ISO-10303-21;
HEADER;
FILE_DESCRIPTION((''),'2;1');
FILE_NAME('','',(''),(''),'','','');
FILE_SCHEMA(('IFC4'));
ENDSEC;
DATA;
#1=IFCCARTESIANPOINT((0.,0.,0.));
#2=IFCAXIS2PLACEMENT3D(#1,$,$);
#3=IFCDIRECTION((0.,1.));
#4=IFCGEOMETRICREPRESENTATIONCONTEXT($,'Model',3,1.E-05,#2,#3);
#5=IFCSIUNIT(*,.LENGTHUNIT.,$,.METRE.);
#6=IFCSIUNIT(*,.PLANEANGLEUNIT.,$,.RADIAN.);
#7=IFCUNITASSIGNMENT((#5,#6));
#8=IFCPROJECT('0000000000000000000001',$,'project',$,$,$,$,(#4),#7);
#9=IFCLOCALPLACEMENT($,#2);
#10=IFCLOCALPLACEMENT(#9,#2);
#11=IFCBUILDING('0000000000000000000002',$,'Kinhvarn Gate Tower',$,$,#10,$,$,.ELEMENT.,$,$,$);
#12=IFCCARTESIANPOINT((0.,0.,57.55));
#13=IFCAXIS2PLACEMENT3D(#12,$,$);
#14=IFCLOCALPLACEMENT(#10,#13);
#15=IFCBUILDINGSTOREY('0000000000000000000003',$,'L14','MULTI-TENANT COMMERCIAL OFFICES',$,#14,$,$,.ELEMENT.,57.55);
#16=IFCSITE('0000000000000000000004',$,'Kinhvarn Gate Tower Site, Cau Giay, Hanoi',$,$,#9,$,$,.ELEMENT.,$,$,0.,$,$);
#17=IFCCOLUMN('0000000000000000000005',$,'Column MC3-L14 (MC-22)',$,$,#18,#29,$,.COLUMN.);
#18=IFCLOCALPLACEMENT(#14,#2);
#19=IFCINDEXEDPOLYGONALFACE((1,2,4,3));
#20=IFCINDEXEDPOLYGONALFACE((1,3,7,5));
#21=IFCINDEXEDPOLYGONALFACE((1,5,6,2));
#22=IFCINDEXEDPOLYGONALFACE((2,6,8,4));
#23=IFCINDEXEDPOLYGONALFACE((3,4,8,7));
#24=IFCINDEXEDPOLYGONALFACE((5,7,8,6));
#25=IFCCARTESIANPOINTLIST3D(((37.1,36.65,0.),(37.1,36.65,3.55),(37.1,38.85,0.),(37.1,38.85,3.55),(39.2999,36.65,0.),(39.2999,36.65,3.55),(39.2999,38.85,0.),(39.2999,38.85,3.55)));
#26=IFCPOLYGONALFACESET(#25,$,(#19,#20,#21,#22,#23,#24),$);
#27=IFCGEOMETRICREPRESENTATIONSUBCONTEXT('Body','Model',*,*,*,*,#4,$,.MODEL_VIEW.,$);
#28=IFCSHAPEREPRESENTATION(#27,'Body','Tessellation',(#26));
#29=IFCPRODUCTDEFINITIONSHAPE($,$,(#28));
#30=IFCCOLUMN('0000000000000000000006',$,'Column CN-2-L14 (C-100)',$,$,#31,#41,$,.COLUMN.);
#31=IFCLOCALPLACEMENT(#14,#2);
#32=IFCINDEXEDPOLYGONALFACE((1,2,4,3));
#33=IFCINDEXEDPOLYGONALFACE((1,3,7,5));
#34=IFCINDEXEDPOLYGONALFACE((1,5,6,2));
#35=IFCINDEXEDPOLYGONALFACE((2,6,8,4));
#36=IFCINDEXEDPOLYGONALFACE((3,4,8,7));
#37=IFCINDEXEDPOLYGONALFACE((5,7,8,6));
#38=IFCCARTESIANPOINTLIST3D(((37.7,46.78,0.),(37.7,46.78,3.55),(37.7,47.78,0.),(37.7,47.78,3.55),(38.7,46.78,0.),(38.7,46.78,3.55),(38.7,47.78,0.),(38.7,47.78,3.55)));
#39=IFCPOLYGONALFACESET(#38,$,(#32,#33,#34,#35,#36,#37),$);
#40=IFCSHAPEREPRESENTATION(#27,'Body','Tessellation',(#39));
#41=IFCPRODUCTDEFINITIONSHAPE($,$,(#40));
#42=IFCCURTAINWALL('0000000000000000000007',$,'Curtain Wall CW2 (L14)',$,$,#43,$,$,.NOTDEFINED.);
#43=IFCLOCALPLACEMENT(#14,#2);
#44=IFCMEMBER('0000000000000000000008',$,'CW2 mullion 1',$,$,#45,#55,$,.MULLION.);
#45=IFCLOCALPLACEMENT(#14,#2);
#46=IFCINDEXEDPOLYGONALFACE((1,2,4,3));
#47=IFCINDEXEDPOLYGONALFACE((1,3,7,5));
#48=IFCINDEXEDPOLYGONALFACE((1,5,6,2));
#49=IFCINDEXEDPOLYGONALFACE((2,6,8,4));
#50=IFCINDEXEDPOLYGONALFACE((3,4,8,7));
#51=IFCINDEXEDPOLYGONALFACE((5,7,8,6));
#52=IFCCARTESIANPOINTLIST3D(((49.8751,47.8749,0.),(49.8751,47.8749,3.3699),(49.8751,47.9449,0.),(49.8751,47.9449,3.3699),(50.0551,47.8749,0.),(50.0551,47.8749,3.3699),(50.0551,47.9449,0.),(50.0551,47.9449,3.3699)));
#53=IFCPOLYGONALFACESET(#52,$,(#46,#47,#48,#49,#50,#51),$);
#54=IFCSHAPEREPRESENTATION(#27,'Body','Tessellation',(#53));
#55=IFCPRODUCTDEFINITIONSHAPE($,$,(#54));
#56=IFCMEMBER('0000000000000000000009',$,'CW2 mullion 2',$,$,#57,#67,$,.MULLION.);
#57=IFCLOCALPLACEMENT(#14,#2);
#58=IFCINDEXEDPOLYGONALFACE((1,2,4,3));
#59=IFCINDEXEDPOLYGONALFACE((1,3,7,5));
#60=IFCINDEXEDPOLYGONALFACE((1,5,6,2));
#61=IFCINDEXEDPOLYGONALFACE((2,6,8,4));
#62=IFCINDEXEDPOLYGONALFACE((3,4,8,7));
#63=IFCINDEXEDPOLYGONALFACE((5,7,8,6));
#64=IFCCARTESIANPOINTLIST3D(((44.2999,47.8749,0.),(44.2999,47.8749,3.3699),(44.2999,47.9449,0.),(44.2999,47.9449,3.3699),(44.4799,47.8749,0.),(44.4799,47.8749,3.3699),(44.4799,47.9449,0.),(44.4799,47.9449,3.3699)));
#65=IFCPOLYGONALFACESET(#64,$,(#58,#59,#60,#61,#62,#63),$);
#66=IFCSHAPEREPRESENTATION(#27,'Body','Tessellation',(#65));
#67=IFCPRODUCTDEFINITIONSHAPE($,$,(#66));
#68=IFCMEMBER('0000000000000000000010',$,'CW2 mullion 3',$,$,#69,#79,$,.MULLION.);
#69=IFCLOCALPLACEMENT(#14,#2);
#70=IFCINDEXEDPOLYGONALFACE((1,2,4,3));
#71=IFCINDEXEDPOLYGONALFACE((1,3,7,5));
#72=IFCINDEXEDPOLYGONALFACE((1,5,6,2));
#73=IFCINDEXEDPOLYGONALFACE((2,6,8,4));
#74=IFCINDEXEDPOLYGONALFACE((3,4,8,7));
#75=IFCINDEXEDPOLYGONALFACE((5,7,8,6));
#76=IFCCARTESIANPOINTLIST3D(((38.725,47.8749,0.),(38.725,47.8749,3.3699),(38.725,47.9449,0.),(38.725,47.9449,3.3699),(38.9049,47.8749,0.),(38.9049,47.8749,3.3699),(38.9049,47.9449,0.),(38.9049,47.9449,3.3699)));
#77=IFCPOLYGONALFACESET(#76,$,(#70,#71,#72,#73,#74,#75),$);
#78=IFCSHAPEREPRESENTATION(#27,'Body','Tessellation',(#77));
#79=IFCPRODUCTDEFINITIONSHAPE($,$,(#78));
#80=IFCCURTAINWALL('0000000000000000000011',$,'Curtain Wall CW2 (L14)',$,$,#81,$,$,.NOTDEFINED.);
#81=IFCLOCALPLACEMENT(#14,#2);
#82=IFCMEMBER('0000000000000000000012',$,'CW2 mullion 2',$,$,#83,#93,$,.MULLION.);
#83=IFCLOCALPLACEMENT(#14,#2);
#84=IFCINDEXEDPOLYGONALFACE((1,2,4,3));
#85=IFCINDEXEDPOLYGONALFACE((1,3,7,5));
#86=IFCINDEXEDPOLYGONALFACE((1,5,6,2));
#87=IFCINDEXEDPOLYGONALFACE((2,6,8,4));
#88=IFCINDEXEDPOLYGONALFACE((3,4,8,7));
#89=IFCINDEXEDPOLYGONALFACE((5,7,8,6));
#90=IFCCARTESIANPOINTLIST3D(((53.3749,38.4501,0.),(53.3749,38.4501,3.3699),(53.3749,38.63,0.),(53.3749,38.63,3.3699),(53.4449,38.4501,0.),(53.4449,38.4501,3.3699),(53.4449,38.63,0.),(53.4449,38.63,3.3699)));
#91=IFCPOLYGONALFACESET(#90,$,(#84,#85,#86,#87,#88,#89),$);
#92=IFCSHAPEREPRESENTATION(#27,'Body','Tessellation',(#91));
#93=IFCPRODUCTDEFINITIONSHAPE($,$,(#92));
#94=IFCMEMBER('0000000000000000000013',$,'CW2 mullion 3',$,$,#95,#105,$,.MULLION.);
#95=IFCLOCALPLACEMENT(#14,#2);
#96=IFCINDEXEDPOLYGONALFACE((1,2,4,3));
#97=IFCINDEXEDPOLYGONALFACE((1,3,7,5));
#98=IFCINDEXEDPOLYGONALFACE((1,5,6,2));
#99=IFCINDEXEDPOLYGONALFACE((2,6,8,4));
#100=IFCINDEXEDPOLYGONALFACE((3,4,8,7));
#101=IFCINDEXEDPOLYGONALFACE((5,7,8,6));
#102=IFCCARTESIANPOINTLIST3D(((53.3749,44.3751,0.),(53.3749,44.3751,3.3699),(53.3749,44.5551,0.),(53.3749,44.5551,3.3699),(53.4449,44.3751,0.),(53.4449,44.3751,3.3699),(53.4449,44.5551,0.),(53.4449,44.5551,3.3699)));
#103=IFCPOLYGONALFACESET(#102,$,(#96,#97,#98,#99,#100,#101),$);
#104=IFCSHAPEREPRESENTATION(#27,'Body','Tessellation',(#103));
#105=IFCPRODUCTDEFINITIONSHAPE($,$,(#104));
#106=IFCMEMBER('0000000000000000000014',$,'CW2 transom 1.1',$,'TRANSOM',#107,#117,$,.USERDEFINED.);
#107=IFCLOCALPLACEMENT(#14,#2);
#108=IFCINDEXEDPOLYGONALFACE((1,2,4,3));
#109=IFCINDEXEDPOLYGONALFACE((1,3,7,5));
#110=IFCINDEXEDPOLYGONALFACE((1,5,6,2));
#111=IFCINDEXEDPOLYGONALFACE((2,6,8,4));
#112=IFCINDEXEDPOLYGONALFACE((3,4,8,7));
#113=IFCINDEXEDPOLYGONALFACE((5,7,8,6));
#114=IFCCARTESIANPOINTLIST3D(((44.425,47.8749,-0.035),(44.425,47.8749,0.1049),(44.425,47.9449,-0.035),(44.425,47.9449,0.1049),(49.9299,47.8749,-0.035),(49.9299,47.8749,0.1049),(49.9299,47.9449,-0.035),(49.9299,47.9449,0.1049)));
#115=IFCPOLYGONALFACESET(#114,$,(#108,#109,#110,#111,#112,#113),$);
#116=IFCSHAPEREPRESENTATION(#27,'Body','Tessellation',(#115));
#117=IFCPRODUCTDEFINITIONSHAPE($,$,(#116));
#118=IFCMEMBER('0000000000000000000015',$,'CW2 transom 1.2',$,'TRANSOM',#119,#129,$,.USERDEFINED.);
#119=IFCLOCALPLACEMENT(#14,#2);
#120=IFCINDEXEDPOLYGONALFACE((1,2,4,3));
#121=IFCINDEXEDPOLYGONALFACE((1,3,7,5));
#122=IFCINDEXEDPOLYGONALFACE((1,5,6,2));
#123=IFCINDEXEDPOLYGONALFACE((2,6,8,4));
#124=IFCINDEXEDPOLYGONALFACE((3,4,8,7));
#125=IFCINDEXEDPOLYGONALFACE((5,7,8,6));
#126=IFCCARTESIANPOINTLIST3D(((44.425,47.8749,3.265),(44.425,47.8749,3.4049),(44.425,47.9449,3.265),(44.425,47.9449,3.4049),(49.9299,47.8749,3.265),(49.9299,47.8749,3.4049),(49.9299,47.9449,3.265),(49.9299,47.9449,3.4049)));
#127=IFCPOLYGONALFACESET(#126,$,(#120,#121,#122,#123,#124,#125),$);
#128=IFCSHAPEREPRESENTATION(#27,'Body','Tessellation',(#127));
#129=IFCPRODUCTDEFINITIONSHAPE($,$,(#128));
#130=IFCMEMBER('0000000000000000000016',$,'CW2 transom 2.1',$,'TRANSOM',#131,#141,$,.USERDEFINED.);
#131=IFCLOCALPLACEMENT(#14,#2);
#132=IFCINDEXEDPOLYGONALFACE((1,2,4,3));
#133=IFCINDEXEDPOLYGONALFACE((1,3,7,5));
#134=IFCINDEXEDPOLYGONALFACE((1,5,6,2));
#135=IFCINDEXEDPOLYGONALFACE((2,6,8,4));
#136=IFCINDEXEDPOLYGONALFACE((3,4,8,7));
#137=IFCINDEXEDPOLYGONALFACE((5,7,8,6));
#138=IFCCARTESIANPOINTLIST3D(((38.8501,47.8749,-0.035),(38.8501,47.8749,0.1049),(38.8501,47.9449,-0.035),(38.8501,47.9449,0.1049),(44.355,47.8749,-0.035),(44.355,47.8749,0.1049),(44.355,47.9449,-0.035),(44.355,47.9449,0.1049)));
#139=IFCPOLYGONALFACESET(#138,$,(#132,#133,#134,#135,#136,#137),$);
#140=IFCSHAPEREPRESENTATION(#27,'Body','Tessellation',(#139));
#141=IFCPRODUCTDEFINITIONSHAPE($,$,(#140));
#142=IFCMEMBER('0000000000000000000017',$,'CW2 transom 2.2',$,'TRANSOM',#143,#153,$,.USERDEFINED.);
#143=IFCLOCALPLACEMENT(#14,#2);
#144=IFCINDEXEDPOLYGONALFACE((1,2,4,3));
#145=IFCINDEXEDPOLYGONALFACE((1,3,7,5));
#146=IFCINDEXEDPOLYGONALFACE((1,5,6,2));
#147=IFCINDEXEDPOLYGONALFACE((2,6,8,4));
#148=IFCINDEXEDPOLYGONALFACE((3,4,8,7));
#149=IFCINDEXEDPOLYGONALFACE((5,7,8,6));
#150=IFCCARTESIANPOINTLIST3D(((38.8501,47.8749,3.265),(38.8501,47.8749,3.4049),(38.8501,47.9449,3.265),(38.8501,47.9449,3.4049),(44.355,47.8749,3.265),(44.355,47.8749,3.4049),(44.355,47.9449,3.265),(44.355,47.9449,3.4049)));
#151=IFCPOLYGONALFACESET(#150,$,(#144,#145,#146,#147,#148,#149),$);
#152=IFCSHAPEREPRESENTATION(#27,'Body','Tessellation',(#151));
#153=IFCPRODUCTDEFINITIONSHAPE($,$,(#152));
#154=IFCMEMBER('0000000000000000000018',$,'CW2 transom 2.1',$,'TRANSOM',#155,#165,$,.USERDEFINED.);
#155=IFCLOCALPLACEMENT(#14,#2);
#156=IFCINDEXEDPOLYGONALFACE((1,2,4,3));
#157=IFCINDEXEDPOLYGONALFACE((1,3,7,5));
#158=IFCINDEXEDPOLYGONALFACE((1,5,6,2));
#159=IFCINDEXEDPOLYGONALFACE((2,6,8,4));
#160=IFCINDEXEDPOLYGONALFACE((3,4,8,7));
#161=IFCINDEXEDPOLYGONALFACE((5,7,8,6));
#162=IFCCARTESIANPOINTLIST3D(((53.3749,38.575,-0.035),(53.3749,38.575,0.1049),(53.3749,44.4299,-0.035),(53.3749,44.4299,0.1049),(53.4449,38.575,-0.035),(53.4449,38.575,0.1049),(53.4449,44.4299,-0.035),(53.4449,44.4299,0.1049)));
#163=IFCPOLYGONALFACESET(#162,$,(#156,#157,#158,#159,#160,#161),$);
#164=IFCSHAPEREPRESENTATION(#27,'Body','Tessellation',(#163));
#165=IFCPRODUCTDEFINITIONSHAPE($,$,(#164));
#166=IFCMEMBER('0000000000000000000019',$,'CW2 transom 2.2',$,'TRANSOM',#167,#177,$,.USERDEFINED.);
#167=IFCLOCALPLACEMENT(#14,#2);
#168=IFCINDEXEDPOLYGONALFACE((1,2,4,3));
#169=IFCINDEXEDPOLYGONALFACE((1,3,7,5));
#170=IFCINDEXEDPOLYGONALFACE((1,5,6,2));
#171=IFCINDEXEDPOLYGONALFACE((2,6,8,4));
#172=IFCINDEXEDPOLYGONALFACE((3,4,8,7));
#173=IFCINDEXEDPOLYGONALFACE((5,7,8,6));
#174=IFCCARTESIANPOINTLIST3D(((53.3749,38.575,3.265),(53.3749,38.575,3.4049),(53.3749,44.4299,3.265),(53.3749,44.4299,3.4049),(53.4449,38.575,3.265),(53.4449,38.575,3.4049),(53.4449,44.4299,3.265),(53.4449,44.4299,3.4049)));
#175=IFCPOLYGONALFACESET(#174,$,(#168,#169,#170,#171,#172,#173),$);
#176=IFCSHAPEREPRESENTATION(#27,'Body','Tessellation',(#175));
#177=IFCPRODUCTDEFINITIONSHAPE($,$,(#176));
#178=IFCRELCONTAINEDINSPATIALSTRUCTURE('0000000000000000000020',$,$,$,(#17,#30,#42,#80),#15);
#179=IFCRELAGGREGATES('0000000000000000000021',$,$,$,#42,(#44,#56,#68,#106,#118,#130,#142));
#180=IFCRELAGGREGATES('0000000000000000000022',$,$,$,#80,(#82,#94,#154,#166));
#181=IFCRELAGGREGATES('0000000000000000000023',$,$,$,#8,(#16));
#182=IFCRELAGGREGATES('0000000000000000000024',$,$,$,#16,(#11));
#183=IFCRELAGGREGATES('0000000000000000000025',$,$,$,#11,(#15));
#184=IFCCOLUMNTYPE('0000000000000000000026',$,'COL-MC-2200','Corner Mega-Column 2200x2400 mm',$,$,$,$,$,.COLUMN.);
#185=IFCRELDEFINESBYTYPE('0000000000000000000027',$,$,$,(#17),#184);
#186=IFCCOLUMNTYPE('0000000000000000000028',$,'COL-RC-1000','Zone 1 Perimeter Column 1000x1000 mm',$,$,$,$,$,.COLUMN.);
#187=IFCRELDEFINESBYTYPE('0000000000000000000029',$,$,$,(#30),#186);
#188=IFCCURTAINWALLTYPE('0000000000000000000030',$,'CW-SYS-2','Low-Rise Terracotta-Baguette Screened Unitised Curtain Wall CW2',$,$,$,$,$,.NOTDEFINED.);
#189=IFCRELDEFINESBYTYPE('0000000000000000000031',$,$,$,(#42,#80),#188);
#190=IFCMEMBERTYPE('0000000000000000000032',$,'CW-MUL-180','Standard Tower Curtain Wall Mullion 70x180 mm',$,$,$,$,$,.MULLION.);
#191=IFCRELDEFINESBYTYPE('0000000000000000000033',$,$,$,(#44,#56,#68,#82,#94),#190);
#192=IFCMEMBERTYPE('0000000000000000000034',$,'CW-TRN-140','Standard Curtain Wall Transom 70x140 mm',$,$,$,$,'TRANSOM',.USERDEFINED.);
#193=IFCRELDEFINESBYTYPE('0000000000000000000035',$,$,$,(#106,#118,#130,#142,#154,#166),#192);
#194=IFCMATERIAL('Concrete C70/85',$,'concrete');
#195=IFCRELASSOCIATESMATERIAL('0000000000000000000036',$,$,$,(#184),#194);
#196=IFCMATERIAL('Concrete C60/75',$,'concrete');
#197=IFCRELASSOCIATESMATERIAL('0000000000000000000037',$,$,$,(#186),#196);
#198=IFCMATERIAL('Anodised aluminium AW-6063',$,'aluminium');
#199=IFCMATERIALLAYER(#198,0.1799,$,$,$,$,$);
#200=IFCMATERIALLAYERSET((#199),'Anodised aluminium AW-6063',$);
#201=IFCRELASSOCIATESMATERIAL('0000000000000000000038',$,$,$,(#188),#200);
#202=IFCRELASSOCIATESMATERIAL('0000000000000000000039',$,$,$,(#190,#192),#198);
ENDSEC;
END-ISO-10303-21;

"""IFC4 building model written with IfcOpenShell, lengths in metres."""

from ifc_helpers import new_model, si_unit, direction, frame, origin, origin_2d, place, context, subcontext, project, spatial, rectangle, extrude, material, layer, layer_set, material_profile, profile_set, type_object, element, aggregate, save


model = new_model("IFC4")

# Units and contexts
model_context = context("Model", 3, precision=1e-05, world=origin(), true_north=direction((0.0, 1.0)))
body_context = subcontext(model_context, "Body", "Model", "MODEL_VIEW")
ifc_project = project(units=[si_unit("LENGTHUNIT", "METRE"), si_unit("PLANEANGLEUNIT", "RADIAN")], contexts=[model_context])

# Site, building, storey
site_placement = place(None, origin())
site = spatial("IfcSite", under=ifc_project, at=site_placement, Name="Kinhvarn Gate Tower Site, Cau Giay, Hanoi", CompositionType="ELEMENT", RefElevation=0.0)
building_placement = place(site_placement, origin())
building = spatial("IfcBuilding", under=site, at=building_placement, Name="Kinhvarn Gate Tower", CompositionType="ELEMENT")
storey_placement = place(building_placement, frame((0.0, 0.0, 57.55)))
storey = spatial("IfcBuildingStorey", under=building, at=storey_placement, Name="L14", Description="MULTI-TENANT COMMERCIAL OFFICES", CompositionType="ELEMENT", Elevation=57.55)

# Columns
ifc_material_1 = material(Name="Concrete C70/85", Category="concrete")
ifc_material_profile_1 = material_profile(ifc_material_1, rectangle(XDim=2.2, YDim=2.2, at=origin_2d()), Name="RC 2200x2200")
ifc_profile_set_1 = profile_set([ifc_material_profile_1], Name="Concrete C70/85")
column_type_1 = type_object("IfcColumnType", Name="COL-MC-2200", Description="Corner Mega-Column 2200x2400 mm", PredefinedType="COLUMN", material=ifc_profile_set_1)
column_1_placement = place(storey_placement, frame((38.2, 37.75, 0.0), z_axis=(0.0, 0.0, 1.0), x_axis=(1.0, 0.0, 0.0)))
element("IfcColumn", 1, at=column_1_placement, inside=storey, type_object=column_type_1, Name="Column MC3-L14 (MC-22)", PredefinedType="COLUMN", context=body_context, shape_type="SweptSolid", body=[
    extrude(rectangle(XDim=2.2, YDim=2.2, at=origin_2d()), origin(), (0.0, 0.0, 1.0), 3.55),
])
ifc_material_2 = material(Name="Concrete C60/75", Category="concrete")
ifc_material_profile_2 = material_profile(ifc_material_2, rectangle(XDim=1.0, YDim=1.0, at=origin_2d()), Name="RC 1000x1000")
ifc_profile_set_2 = profile_set([ifc_material_profile_2], Name="Concrete C60/75")
column_type_2 = type_object("IfcColumnType", Name="COL-RC-1000", Description="Zone 1 Perimeter Column 1000x1000 mm", PredefinedType="COLUMN", material=ifc_profile_set_2)
column_2_placement = place(storey_placement, frame((38.2, 47.28, 0.0), z_axis=(0.0, 0.0, 1.0), x_axis=(1.0, 0.0, 0.0)))
element("IfcColumn", 2, at=column_2_placement, inside=storey, type_object=column_type_2, Name="Column CN-2-L14 (C-100)", PredefinedType="COLUMN", context=body_context, shape_type="SweptSolid", body=[
    extrude(rectangle(XDim=1.0, YDim=1.0, at=origin_2d()), origin(), (0.0, 0.0, 1.0), 3.55),
])

# Curtain walls, members
ifc_material_3 = material(Name="Anodised aluminium AW-6063", Category="aluminium")
ifc_layer_1 = layer(ifc_material_3, 0.1799)
ifc_layer_set_1 = layer_set([ifc_layer_1], Name="Anodised aluminium AW-6063")
curtain_wall_type = type_object("IfcCurtainWallType", Name="CW-SYS-2", Description="Low-Rise Terracotta-Baguette Screened Unitised Curtain Wall CW2", PredefinedType="NOTDEFINED", material=ifc_layer_set_1)
curtain_wall_1_placement = place(storey_placement, origin())
curtain_wall_1 = element("IfcCurtainWall", 3, at=curtain_wall_1_placement, inside=storey, type_object=curtain_wall_type, Name="Curtain Wall CW2 (L14)", PredefinedType="NOTDEFINED")
ifc_material_profile_3 = material_profile(ifc_material_3, rectangle(XDim=0.0701, YDim=0.1799, at=origin_2d()), Name="ALU 70x180")
ifc_profile_set_3 = profile_set([ifc_material_profile_3], Name="Anodised aluminium AW-6063")
member_type_1 = type_object("IfcMemberType", Name="CW-MUL-180", Description="Standard Tower Curtain Wall Mullion 70x180 mm", PredefinedType="MULLION", material=ifc_profile_set_3)
member_1_placement = place(storey_placement, frame((49.9651, 47.9099, 0.0), z_axis=(0.0, 0.0, 1.0), x_axis=(0.0, -1.0, 0.0)))
member_1 = element("IfcMember", 4, at=member_1_placement, type_object=member_type_1, Name="CW2 mullion 1", PredefinedType="MULLION", context=body_context, shape_type="SweptSolid", body=[
    extrude(rectangle(XDim=0.0701, YDim=0.1799, at=origin_2d()), origin(), (0.0, 0.0, 1.0), 3.3699),
])
member_2_placement = place(storey_placement, frame((44.3899, 47.9099, 0.0), z_axis=(0.0, 0.0, 1.0), x_axis=(0.0, -1.0, 0.0)))
member_2 = element("IfcMember", 5, at=member_2_placement, type_object=member_type_1, Name="CW2 mullion 2", PredefinedType="MULLION", context=body_context, shape_type="SweptSolid", body=[
    extrude(rectangle(XDim=0.0701, YDim=0.1799, at=origin_2d()), origin(), (0.0, 0.0, 1.0), 3.3699),
])
member_3_placement = place(storey_placement, frame((38.8149, 47.9099, 0.0), z_axis=(0.0, 0.0, 1.0), x_axis=(0.0, -1.0, 0.0)))
member_3 = element("IfcMember", 6, at=member_3_placement, type_object=member_type_1, Name="CW2 mullion 3", PredefinedType="MULLION", context=body_context, shape_type="SweptSolid", body=[
    extrude(rectangle(XDim=0.0701, YDim=0.1799, at=origin_2d()), origin(), (0.0, 0.0, 1.0), 3.3699),
])
curtain_wall_2_placement = place(storey_placement, origin())
curtain_wall_2 = element("IfcCurtainWall", 7, at=curtain_wall_2_placement, inside=storey, type_object=curtain_wall_type, Name="Curtain Wall CW2 (L14)", PredefinedType="NOTDEFINED")
member_4_placement = place(storey_placement, frame((53.4099, 38.54, 0.0), z_axis=(0.0, 0.0, 1.0), x_axis=(-1.0, 0.0, 0.0)))
member_4 = element("IfcMember", 8, at=member_4_placement, type_object=member_type_1, Name="CW2 mullion 2", PredefinedType="MULLION", context=body_context, shape_type="SweptSolid", body=[
    extrude(rectangle(XDim=0.0701, YDim=0.1799, at=origin_2d()), origin(), (0.0, 0.0, 1.0), 3.3699),
])
member_5_placement = place(storey_placement, frame((53.4099, 44.4651, 0.0), z_axis=(0.0, 0.0, 1.0), x_axis=(-1.0, 0.0, 0.0)))
member_5 = element("IfcMember", 9, at=member_5_placement, type_object=member_type_1, Name="CW2 mullion 3", PredefinedType="MULLION", context=body_context, shape_type="SweptSolid", body=[
    extrude(rectangle(XDim=0.0701, YDim=0.1799, at=origin_2d()), origin(), (0.0, 0.0, 1.0), 3.3699),
])

# Members
ifc_material_profile_4 = material_profile(ifc_material_3, rectangle(XDim=0.0701, YDim=0.1399, at=origin_2d()), Name="ALU 70x140")
ifc_profile_set_4 = profile_set([ifc_material_profile_4], Name="Anodised aluminium AW-6063")
member_type_2 = type_object("IfcMemberType", Name="CW-TRN-140", Description="Standard Curtain Wall Transom 70x140 mm", ElementType="TRANSOM", PredefinedType="USERDEFINED", material=ifc_profile_set_4)
member_6_placement = place(storey_placement, frame((49.9299, 47.9099, 0.0349), z_axis=(-1.0, 0.0, 0.0), x_axis=(0.0, -1.0, 0.0)))
member_6 = element("IfcMember", 10, at=member_6_placement, type_object=member_type_2, Name="CW2 transom 1.1", ObjectType="TRANSOM", PredefinedType="USERDEFINED", context=body_context, shape_type="SweptSolid", body=[
    extrude(rectangle(XDim=0.0701, YDim=0.1399, at=origin_2d()), origin(), (0.0, 0.0, 1.0), 5.5049),
])
member_7_placement = place(storey_placement, frame((49.9299, 47.9099, 3.335), z_axis=(-1.0, 0.0, 0.0), x_axis=(0.0, -1.0, 0.0)))
member_7 = element("IfcMember", 11, at=member_7_placement, type_object=member_type_2, Name="CW2 transom 1.2", ObjectType="TRANSOM", PredefinedType="USERDEFINED", context=body_context, shape_type="SweptSolid", body=[
    extrude(rectangle(XDim=0.0701, YDim=0.1399, at=origin_2d()), origin(), (0.0, 0.0, 1.0), 5.5049),
])
member_8_placement = place(storey_placement, frame((44.355, 47.9099, 0.0349), z_axis=(-1.0, 0.0, 0.0), x_axis=(0.0, -1.0, 0.0)))
member_8 = element("IfcMember", 12, at=member_8_placement, type_object=member_type_2, Name="CW2 transom 2.1", ObjectType="TRANSOM", PredefinedType="USERDEFINED", context=body_context, shape_type="SweptSolid", body=[
    extrude(rectangle(XDim=0.0701, YDim=0.1399, at=origin_2d()), origin(), (0.0, 0.0, 1.0), 5.5049),
])
member_9_placement = place(storey_placement, frame((44.355, 47.9099, 3.335), z_axis=(-1.0, 0.0, 0.0), x_axis=(0.0, -1.0, 0.0)))
member_9 = element("IfcMember", 13, at=member_9_placement, type_object=member_type_2, Name="CW2 transom 2.2", ObjectType="TRANSOM", PredefinedType="USERDEFINED", context=body_context, shape_type="SweptSolid", body=[
    extrude(rectangle(XDim=0.0701, YDim=0.1399, at=origin_2d()), origin(), (0.0, 0.0, 1.0), 5.5049),
])
member_10_placement = place(storey_placement, frame((53.4099, 38.575, 0.0349), z_axis=(0.0, 1.0, 0.0), x_axis=(-1.0, 0.0, 0.0)))
member_10 = element("IfcMember", 14, at=member_10_placement, type_object=member_type_2, Name="CW2 transom 2.1", ObjectType="TRANSOM", PredefinedType="USERDEFINED", context=body_context, shape_type="SweptSolid", body=[
    extrude(rectangle(XDim=0.0701, YDim=0.1399, at=origin_2d()), origin(), (0.0, 0.0, 1.0), 5.855),
])
member_11_placement = place(storey_placement, frame((53.4099, 38.575, 3.335), z_axis=(0.0, 1.0, 0.0), x_axis=(-1.0, 0.0, 0.0)))
member_11 = element("IfcMember", 15, at=member_11_placement, type_object=member_type_2, Name="CW2 transom 2.2", ObjectType="TRANSOM", PredefinedType="USERDEFINED", context=body_context, shape_type="SweptSolid", body=[
    extrude(rectangle(XDim=0.0701, YDim=0.1399, at=origin_2d()), origin(), (0.0, 0.0, 1.0), 5.855),
])

aggregate(curtain_wall_1, [member_1, member_2, member_3, member_6, member_7, member_8, member_9])
aggregate(curtain_wall_2, [member_4, member_5, member_10, member_11])

save(model, "model.ifc")
